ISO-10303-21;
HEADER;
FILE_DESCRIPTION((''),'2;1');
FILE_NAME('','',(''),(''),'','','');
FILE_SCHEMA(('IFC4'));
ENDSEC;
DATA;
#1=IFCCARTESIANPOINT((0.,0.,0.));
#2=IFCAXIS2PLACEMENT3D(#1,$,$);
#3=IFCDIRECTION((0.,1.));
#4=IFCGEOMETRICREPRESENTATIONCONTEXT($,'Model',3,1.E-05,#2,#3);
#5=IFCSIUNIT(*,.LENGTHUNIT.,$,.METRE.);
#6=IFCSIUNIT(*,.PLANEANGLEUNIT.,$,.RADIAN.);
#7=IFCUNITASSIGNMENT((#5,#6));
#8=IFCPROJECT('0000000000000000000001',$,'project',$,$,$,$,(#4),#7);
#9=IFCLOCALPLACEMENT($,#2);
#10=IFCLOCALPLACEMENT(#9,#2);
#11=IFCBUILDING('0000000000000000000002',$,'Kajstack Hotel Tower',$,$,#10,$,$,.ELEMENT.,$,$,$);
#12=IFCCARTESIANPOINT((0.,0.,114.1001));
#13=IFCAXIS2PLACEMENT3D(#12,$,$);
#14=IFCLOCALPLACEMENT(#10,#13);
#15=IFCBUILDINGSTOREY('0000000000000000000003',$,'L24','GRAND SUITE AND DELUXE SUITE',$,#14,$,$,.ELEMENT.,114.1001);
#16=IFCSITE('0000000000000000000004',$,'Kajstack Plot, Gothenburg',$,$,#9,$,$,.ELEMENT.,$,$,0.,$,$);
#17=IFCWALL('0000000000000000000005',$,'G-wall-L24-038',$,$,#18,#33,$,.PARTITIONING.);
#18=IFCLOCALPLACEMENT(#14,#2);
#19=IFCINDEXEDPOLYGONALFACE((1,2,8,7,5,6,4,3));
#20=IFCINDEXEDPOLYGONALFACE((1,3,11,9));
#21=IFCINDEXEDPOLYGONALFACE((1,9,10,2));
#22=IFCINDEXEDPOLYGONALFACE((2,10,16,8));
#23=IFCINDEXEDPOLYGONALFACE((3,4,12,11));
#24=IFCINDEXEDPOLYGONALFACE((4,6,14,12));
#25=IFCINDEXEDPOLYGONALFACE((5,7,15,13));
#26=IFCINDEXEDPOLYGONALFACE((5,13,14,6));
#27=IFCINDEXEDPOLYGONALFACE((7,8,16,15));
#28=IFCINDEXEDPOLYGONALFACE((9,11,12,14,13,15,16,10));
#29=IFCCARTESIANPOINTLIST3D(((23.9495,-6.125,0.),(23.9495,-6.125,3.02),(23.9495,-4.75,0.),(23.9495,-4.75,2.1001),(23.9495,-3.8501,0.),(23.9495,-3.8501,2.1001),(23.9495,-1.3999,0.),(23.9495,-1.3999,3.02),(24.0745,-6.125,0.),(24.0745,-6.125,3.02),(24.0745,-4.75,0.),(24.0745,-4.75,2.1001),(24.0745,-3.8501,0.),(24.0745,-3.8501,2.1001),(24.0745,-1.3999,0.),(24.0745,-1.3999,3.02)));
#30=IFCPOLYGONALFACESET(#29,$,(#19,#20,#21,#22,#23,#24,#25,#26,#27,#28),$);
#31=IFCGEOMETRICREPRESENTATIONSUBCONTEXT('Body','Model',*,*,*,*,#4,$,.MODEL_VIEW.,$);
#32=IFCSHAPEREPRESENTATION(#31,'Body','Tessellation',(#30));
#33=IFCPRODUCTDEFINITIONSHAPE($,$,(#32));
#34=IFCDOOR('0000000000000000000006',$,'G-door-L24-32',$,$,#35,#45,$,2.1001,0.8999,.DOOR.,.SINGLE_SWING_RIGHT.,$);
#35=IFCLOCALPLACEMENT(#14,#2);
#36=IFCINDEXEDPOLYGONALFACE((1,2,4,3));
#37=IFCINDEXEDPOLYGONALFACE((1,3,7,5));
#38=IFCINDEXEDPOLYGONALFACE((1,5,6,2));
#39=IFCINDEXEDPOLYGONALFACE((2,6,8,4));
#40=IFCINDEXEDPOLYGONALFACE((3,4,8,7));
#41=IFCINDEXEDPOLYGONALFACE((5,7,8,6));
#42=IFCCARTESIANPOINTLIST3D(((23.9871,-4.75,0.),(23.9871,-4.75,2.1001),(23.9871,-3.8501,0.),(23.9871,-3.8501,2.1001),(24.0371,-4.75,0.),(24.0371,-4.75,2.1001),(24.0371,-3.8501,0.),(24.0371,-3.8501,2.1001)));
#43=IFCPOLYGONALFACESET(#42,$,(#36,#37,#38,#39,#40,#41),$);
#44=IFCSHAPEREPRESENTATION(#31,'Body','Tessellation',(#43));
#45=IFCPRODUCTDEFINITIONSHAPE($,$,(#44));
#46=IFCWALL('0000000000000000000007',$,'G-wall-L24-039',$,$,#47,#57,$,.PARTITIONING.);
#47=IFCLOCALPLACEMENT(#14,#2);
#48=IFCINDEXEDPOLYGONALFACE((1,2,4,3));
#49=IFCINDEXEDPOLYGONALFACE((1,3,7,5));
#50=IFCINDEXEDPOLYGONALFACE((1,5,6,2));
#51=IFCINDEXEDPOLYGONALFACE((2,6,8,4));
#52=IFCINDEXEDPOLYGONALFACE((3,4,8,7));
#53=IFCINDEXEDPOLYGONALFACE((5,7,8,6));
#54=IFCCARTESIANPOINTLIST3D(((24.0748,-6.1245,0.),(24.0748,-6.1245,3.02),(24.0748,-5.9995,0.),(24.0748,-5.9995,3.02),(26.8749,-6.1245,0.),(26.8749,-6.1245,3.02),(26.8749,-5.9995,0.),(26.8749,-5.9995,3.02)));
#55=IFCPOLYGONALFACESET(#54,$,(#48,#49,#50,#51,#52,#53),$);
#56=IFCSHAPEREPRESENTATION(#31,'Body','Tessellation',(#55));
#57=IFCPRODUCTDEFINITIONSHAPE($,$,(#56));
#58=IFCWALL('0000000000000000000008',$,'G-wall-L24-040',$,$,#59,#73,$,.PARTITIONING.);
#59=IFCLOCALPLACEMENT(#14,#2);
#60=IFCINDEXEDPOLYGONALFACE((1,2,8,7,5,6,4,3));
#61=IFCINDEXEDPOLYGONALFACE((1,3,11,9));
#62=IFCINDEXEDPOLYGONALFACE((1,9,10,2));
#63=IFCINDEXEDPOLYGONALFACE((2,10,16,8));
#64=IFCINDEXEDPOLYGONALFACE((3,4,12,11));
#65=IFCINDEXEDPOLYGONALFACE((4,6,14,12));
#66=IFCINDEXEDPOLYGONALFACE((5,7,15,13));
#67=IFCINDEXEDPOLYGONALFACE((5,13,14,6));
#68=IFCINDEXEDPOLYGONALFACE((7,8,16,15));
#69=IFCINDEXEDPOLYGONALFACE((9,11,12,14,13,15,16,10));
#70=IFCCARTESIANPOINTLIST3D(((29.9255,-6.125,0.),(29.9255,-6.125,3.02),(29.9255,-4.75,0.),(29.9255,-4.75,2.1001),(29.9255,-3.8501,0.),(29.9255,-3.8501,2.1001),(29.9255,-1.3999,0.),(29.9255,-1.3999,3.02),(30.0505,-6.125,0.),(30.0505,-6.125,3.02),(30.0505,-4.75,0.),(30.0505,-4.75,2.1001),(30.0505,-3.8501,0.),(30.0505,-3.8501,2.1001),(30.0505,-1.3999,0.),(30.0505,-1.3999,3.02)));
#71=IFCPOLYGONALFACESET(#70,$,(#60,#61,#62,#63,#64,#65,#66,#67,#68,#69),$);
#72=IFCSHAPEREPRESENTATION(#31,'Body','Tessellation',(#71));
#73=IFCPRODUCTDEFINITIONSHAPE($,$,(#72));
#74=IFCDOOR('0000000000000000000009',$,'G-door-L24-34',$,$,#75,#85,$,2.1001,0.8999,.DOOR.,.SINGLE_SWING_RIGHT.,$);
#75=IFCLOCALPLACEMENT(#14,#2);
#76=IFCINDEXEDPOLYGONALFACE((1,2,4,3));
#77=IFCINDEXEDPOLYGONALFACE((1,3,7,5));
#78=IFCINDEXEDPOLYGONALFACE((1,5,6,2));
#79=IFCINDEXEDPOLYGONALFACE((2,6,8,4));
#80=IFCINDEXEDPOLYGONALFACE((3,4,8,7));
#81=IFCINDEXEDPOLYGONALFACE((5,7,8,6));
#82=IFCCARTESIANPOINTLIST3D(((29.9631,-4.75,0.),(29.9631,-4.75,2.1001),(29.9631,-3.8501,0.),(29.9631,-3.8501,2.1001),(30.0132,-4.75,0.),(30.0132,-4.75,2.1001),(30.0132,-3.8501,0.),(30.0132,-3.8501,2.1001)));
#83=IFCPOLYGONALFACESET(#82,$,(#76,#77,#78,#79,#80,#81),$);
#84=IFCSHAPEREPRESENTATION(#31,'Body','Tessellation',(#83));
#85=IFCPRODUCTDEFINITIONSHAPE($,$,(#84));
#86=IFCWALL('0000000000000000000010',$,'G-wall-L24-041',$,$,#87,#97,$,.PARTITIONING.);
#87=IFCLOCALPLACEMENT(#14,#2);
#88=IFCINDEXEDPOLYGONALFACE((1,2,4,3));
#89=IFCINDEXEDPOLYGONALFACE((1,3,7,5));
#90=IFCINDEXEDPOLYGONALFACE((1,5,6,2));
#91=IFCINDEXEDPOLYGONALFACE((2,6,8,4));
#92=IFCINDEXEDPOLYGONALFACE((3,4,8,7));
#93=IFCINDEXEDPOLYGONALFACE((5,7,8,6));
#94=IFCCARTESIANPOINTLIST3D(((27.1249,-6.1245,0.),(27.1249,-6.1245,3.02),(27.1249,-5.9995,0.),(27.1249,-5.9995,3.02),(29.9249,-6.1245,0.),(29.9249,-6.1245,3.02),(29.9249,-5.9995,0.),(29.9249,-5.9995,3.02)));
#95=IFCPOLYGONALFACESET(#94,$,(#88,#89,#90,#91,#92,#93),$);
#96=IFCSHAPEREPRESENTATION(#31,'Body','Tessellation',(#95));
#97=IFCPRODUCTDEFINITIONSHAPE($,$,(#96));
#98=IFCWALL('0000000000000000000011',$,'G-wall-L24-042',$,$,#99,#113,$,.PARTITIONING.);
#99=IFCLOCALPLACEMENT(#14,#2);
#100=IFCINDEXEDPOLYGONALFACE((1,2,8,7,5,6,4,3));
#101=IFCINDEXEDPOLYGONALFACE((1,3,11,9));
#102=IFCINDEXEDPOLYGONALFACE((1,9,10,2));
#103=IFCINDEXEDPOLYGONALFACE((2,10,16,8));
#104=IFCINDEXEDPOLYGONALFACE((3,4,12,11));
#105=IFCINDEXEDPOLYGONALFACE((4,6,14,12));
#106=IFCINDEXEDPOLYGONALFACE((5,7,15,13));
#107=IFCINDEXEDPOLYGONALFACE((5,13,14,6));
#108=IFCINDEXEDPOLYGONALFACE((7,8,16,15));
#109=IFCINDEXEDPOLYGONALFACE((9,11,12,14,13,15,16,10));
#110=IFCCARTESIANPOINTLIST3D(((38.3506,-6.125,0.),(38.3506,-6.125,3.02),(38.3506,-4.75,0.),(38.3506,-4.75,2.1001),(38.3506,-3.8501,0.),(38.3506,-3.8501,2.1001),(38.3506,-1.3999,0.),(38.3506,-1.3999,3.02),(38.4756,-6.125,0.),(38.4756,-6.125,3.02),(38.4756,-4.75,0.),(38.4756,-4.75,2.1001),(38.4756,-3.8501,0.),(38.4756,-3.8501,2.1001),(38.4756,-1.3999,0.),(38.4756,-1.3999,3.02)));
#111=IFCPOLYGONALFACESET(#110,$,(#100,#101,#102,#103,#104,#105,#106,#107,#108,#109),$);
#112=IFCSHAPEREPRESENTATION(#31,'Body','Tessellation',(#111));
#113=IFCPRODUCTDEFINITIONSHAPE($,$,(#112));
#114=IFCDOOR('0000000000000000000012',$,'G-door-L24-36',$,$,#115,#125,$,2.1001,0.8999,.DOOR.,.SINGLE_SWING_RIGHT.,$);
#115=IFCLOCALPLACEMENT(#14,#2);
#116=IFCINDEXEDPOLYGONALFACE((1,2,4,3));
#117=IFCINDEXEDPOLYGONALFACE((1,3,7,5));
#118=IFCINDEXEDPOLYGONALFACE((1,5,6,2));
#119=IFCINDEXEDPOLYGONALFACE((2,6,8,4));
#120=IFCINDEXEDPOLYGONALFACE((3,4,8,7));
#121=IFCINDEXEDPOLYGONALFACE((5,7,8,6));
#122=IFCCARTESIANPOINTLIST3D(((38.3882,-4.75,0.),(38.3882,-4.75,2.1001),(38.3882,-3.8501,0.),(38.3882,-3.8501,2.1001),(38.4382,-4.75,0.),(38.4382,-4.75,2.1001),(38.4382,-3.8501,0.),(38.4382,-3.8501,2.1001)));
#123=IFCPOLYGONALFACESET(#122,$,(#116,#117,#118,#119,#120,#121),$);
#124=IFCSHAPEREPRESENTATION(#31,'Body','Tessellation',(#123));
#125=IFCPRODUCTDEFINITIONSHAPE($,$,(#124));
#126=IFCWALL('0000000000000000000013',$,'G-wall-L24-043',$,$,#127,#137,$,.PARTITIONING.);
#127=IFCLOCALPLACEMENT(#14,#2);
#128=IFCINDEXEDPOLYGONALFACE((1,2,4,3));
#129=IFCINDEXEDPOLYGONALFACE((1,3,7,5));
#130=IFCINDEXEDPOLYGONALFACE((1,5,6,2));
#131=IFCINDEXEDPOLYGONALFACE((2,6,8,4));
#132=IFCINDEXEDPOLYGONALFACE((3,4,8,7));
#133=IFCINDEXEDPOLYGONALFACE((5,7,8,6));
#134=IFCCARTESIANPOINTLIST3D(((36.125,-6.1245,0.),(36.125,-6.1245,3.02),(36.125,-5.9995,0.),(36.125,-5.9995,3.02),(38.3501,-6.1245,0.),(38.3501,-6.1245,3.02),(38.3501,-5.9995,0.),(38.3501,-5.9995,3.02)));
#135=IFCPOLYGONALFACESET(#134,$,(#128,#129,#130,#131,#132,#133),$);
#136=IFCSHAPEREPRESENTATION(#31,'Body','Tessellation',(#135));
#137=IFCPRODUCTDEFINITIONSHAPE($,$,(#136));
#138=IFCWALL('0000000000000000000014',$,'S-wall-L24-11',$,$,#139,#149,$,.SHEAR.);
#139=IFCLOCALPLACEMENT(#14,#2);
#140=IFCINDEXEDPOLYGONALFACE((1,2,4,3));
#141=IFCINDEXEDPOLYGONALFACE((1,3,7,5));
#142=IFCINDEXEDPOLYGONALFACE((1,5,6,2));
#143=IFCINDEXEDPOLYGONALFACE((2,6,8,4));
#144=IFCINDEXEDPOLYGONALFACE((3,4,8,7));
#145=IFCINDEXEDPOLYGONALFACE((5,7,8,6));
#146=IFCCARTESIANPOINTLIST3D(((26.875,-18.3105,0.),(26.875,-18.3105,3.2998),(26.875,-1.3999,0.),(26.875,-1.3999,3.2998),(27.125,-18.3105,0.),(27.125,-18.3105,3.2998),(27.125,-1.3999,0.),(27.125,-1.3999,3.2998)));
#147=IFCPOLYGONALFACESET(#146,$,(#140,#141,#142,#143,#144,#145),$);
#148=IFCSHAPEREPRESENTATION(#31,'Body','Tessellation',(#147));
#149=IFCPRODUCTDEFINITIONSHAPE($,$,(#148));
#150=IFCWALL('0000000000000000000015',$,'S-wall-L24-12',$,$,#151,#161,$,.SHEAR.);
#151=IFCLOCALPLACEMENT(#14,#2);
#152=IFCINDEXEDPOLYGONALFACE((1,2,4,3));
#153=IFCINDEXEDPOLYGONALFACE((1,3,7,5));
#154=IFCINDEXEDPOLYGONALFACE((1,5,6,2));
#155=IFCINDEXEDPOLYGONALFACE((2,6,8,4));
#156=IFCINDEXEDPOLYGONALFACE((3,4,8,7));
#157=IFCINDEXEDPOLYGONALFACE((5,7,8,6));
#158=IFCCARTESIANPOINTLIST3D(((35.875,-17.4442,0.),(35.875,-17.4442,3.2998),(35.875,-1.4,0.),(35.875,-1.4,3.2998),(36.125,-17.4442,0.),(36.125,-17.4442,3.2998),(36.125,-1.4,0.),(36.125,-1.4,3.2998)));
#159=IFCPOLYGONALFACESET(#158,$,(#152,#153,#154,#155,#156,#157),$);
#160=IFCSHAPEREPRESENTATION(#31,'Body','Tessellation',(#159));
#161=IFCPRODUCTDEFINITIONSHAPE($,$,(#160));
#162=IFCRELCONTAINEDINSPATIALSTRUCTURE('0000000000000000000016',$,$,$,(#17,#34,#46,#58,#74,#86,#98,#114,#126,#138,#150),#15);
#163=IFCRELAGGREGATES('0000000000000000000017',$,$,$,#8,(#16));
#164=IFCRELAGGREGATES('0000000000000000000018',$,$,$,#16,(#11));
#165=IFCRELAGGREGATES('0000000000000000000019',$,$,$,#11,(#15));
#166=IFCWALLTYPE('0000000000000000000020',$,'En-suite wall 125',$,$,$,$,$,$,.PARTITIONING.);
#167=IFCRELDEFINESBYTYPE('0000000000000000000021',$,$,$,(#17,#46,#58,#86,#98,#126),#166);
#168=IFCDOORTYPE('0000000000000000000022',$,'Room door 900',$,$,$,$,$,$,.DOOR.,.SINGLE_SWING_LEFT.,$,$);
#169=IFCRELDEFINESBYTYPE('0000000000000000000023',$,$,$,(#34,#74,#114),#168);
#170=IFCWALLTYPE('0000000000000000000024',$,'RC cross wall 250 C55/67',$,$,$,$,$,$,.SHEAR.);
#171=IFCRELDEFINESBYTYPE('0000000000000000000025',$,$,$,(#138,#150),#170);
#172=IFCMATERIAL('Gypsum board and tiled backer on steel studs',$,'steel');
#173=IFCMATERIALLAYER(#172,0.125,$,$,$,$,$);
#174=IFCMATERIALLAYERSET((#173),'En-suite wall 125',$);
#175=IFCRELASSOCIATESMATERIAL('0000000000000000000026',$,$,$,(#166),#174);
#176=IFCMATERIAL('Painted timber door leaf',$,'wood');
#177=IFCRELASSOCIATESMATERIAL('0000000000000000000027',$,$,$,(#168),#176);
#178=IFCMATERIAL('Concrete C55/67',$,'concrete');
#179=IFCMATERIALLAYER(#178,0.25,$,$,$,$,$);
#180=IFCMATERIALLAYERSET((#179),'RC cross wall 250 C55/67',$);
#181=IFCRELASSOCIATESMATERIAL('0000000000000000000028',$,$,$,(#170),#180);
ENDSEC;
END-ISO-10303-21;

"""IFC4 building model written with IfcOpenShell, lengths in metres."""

from ifc_helpers import new_model, si_unit, direction, frame, frame_2d, origin, place, context, subcontext, project, spatial, rectangle, extrude, material, layer, layer_set, type_object, element, fill, save


model = new_model("IFC4")

# Units and contexts
model_context = context("Model", 3, precision=1e-05, world=origin(), true_north=direction((0.0, 1.0)))
body_context = subcontext(model_context, "Body", "Model", "MODEL_VIEW")
ifc_project = project(units=[si_unit("LENGTHUNIT", "METRE"), si_unit("PLANEANGLEUNIT", "RADIAN")], contexts=[model_context])

# Site, building, storey
site_placement = place(None, origin())
site = spatial("IfcSite", under=ifc_project, at=site_placement, Name="Kajstack Plot, Gothenburg", CompositionType="ELEMENT", RefElevation=0.0)
building_placement = place(site_placement, origin())
building = spatial("IfcBuilding", under=site, at=building_placement, Name="Kajstack Hotel Tower", CompositionType="ELEMENT")
storey_placement = place(building_placement, frame((0.0, 0.0, 114.1001)))
storey = spatial("IfcBuildingStorey", under=building, at=storey_placement, Name="L24", Description="GRAND SUITE AND DELUXE SUITE", CompositionType="ELEMENT", Elevation=114.1001)

# Wall, opening, door
ifc_material_1 = material(Name="Gypsum board and tiled backer on steel studs", Category="steel")
ifc_layer_1 = layer(ifc_material_1, 0.125)
ifc_layer_set_1 = layer_set([ifc_layer_1], Name="En-suite wall 125")
wall_type_1 = type_object("IfcWallType", Name="En-suite wall 125", PredefinedType="PARTITIONING", material=ifc_layer_set_1)
wall_1_placement = place(storey_placement, frame((24.012, -6.125, 0.0), z_axis=(0.0, 0.0, 1.0), x_axis=(0.0, 1.0, 0.0)))
wall_1 = element("IfcWall", 1, at=wall_1_placement, inside=storey, type_object=wall_type_1, Name="G-wall-L24-038", PredefinedType="PARTITIONING", context=body_context, shape_type="SweptSolid", body=[
    extrude(rectangle(XDim=4.7251, YDim=0.125, at=frame_2d((2.3625, 0.0))), origin(), (0.0, 0.0, 1.0), 3.02),
])
opening_1_placement = place(wall_1_placement, frame((1.375, 0.0, 0.0)))
opening_1 = element("IfcOpeningElement", 2, at=opening_1_placement, cuts=wall_1, PredefinedType="OPENING", context=body_context, shape_type="SweptSolid", body=[
    extrude(rectangle(XDim=0.8999, YDim=2.1001, at=frame_2d((0.45, 1.05))), frame((0.0, 0.0725, 0.0), z_axis=(0.0, -1.0, 0.0), x_axis=(1.0, 0.0, 0.0)), (0.0, 0.0, 1.0), 0.145),
])
ifc_material_2 = material(Name="Painted timber door leaf", Category="wood")
door_type_1 = type_object("IfcDoorType", Name="Room door 900", OperationType="SINGLE_SWING_LEFT", PredefinedType="DOOR", material=ifc_material_2)
door_1_placement = place(opening_1_placement, origin())
door_1 = element("IfcDoor", 3, at=door_1_placement, inside=storey, type_object=door_type_1, Name="G-door-L24-32", OperationType="SINGLE_SWING_RIGHT", OverallHeight=2.1001, OverallWidth=0.8999, PredefinedType="DOOR", context=body_context, shape_type="SweptSolid", body=[
    extrude(rectangle(XDim=0.8999, YDim=2.1001, at=frame_2d((0.45, 1.05))), frame((0.0, 0.0249, 0.0), z_axis=(0.0, -1.0, 0.0), x_axis=(1.0, 0.0, 0.0)), (0.0, 0.0, 1.0), 0.05),
])
fill(opening_1, door_1)

# Wall
wall_2_placement = place(storey_placement, frame((24.075, -6.062, 0.0), z_axis=(0.0, 0.0, 1.0), x_axis=(1.0, 0.0, 0.0)))
element("IfcWall", 4, at=wall_2_placement, inside=storey, type_object=wall_type_1, Name="G-wall-L24-039", PredefinedType="PARTITIONING", context=body_context, shape_type="SweptSolid", body=[
    extrude(rectangle(XDim=2.8, YDim=0.125, at=frame_2d((1.3999, 0.0))), origin(), (0.0, 0.0, 1.0), 3.02),
])

# Wall, opening, door
wall_3_placement = place(storey_placement, frame((29.988, -6.125, 0.0), z_axis=(0.0, 0.0, 1.0), x_axis=(0.0, 1.0, 0.0)))
wall_3 = element("IfcWall", 5, at=wall_3_placement, inside=storey, type_object=wall_type_1, Name="G-wall-L24-040", PredefinedType="PARTITIONING", context=body_context, shape_type="SweptSolid", body=[
    extrude(rectangle(XDim=4.7251, YDim=0.125, at=frame_2d((2.3625, 0.0))), origin(), (0.0, 0.0, 1.0), 3.02),
])
opening_2_placement = place(wall_3_placement, frame((1.375, 0.0, 0.0)))
opening_2 = element("IfcOpeningElement", 6, at=opening_2_placement, cuts=wall_3, PredefinedType="OPENING", context=body_context, shape_type="SweptSolid", body=[
    extrude(rectangle(XDim=0.8999, YDim=2.1001, at=frame_2d((0.45, 1.05))), frame((0.0, 0.0725, 0.0), z_axis=(0.0, -1.0, 0.0), x_axis=(1.0, 0.0, 0.0)), (0.0, 0.0, 1.0), 0.145),
])
door_2_placement = place(opening_2_placement, origin())
door_2 = element("IfcDoor", 7, at=door_2_placement, inside=storey, type_object=door_type_1, Name="G-door-L24-34", OperationType="SINGLE_SWING_RIGHT", OverallHeight=2.1001, OverallWidth=0.8999, PredefinedType="DOOR", context=body_context, shape_type="SweptSolid", body=[
    extrude(rectangle(XDim=0.8999, YDim=2.1001, at=frame_2d((0.45, 1.05))), frame((0.0, 0.0249, 0.0), z_axis=(0.0, -1.0, 0.0), x_axis=(1.0, 0.0, 0.0)), (0.0, 0.0, 1.0), 0.05),
])
fill(opening_2, door_2)

# Wall
wall_4_placement = place(storey_placement, frame((27.125, -6.062, 0.0), z_axis=(0.0, 0.0, 1.0), x_axis=(1.0, 0.0, 0.0)))
element("IfcWall", 8, at=wall_4_placement, inside=storey, type_object=wall_type_1, Name="G-wall-L24-041", PredefinedType="PARTITIONING", context=body_context, shape_type="SweptSolid", body=[
    extrude(rectangle(XDim=2.8, YDim=0.125, at=frame_2d((1.3999, 0.0))), origin(), (0.0, 0.0, 1.0), 3.02),
])

# Wall, opening, door
wall_5_placement = place(storey_placement, frame((38.4131, -6.125, 0.0), z_axis=(0.0, 0.0, 1.0), x_axis=(0.0, 1.0, 0.0)))
wall_5 = element("IfcWall", 9, at=wall_5_placement, inside=storey, type_object=wall_type_1, Name="G-wall-L24-042", PredefinedType="PARTITIONING", context=body_context, shape_type="SweptSolid", body=[
    extrude(rectangle(XDim=4.7251, YDim=0.125, at=frame_2d((2.3625, 0.0))), origin(), (0.0, 0.0, 1.0), 3.02),
])
opening_3_placement = place(wall_5_placement, frame((1.375, 0.0, 0.0)))
opening_3 = element("IfcOpeningElement", 10, at=opening_3_placement, cuts=wall_5, PredefinedType="OPENING", context=body_context, shape_type="SweptSolid", body=[
    extrude(rectangle(XDim=0.8999, YDim=2.1001, at=frame_2d((0.45, 1.05))), frame((0.0, 0.0725, 0.0), z_axis=(0.0, -1.0, 0.0), x_axis=(1.0, 0.0, 0.0)), (0.0, 0.0, 1.0), 0.145),
])
door_3_placement = place(opening_3_placement, origin())
door_3 = element("IfcDoor", 11, at=door_3_placement, inside=storey, type_object=door_type_1, Name="G-door-L24-36", OperationType="SINGLE_SWING_RIGHT", OverallHeight=2.1001, OverallWidth=0.8999, PredefinedType="DOOR", context=body_context, shape_type="SweptSolid", body=[
    extrude(rectangle(XDim=0.8999, YDim=2.1001, at=frame_2d((0.45, 1.05))), frame((0.0, 0.0249, 0.0), z_axis=(0.0, -1.0, 0.0), x_axis=(1.0, 0.0, 0.0)), (0.0, 0.0, 1.0), 0.05),
])
fill(opening_3, door_3)

# Walls
wall_6_placement = place(storey_placement, frame((36.125, -6.062, 0.0), z_axis=(0.0, 0.0, 1.0), x_axis=(1.0, 0.0, 0.0)))
element("IfcWall", 12, at=wall_6_placement, inside=storey, type_object=wall_type_1, Name="G-wall-L24-043", PredefinedType="PARTITIONING", context=body_context, shape_type="SweptSolid", body=[
    extrude(rectangle(XDim=2.2251, YDim=0.125, at=frame_2d((1.1125, 0.0))), origin(), (0.0, 0.0, 1.0), 3.02),
])
ifc_material_3 = material(Name="Concrete C55/67", Category="concrete")
ifc_layer_2 = layer(ifc_material_3, 0.25)
ifc_layer_set_2 = layer_set([ifc_layer_2], Name="RC cross wall 250 C55/67")
wall_type_2 = type_object("IfcWallType", Name="RC cross wall 250 C55/67", PredefinedType="SHEAR", material=ifc_layer_set_2)
wall_7_placement = place(storey_placement, frame((27.0, -18.3105, 0.0), z_axis=(0.0, 0.0, 1.0), x_axis=(0.0, 1.0, 0.0)))
element("IfcWall", 13, at=wall_7_placement, inside=storey, type_object=wall_type_2, Name="S-wall-L24-11", PredefinedType="SHEAR", context=body_context, shape_type="SweptSolid", body=[
    extrude(rectangle(XDim=16.9106, YDim=0.25, at=frame_2d((8.4553, 0.0))), origin(), (0.0, 0.0, 1.0), 3.2998),
])
wall_8_placement = place(storey_placement, frame((36.0, -17.4441, 0.0), z_axis=(0.0, 0.0, 1.0), x_axis=(0.0, 1.0, 0.0)))
element("IfcWall", 14, at=wall_8_placement, inside=storey, type_object=wall_type_2, Name="S-wall-L24-12", PredefinedType="SHEAR", context=body_context, shape_type="SweptSolid", body=[
    extrude(rectangle(XDim=16.0442, YDim=0.25, at=frame_2d((8.022, 0.0))), origin(), (0.0, 0.0, 1.0), 3.2998),
])

save(model, "model.ifc")
